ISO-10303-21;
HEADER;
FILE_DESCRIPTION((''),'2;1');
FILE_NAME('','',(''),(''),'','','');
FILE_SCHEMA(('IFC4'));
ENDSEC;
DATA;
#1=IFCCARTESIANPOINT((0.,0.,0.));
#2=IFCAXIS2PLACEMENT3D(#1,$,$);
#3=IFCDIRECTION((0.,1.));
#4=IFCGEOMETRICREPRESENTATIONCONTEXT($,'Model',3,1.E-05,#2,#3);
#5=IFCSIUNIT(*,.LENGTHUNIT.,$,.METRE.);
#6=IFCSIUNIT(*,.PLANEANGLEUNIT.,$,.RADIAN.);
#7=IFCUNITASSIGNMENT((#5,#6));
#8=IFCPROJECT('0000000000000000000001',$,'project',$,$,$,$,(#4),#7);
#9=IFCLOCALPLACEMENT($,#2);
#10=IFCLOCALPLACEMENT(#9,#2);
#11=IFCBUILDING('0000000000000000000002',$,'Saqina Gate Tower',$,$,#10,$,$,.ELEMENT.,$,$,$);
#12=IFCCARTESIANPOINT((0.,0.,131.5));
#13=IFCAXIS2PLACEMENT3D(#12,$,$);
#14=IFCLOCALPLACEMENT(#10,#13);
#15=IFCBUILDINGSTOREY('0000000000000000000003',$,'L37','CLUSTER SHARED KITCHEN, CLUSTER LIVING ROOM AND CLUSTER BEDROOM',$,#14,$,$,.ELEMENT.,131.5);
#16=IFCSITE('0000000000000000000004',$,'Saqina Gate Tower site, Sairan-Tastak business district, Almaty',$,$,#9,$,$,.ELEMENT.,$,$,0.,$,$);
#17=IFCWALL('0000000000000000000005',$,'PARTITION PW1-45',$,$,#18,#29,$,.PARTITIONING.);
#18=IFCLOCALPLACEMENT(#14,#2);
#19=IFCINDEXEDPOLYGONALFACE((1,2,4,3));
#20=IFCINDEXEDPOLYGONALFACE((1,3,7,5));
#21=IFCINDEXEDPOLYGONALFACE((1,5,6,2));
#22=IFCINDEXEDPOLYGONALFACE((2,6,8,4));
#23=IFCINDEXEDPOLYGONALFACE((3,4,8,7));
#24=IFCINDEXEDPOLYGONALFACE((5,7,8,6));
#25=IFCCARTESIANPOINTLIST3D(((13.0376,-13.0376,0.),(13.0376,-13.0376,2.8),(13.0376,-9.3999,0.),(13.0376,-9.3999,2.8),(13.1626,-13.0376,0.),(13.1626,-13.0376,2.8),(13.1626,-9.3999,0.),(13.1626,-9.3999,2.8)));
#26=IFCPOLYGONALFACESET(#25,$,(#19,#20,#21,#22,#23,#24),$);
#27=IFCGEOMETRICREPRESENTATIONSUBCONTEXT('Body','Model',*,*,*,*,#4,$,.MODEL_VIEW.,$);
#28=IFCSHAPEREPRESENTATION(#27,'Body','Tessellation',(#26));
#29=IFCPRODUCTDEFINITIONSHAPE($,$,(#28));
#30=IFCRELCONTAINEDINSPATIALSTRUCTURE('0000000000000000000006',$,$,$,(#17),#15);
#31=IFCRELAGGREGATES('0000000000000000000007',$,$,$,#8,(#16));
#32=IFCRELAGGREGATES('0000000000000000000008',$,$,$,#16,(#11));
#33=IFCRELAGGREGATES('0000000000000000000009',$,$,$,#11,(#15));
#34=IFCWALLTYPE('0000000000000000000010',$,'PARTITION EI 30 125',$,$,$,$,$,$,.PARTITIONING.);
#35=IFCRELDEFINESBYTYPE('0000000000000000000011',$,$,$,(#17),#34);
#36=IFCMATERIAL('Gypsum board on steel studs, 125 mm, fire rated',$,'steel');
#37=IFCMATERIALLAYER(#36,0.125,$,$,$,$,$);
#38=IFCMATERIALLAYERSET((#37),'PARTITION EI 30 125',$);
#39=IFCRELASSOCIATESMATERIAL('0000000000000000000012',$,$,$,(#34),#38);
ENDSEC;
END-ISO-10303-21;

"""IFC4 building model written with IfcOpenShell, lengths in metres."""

from ifc_helpers import new_model, si_unit, direction, frame, frame_2d, origin, place, context, subcontext, project, spatial, rectangle, extrude, material, layer, layer_set, type_object, element, save


model = new_model("IFC4")

# Units and contexts
model_context = context("Model", 3, precision=1e-05, world=origin(), true_north=direction((0.0, 1.0)))
body_context = subcontext(model_context, "Body", "Model", "MODEL_VIEW")
ifc_project = project(units=[si_unit("LENGTHUNIT", "METRE"), si_unit("PLANEANGLEUNIT", "RADIAN")], contexts=[model_context])

# Site, building, storey
site_placement = place(None, origin())
site = spatial("IfcSite", under=ifc_project, at=site_placement, Name="Saqina Gate Tower site, Sairan-Tastak business district, Almaty", CompositionType="ELEMENT", RefElevation=0.0)
building_placement = place(site_placement, origin())
building = spatial("IfcBuilding", under=site, at=building_placement, Name="Saqina Gate Tower", CompositionType="ELEMENT")
storey_placement = place(building_placement, frame((0.0, 0.0, 131.5)))
storey = spatial("IfcBuildingStorey", under=building, at=storey_placement, Name="L37", Description="CLUSTER SHARED KITCHEN, CLUSTER LIVING ROOM AND CLUSTER BEDROOM", CompositionType="ELEMENT", Elevation=131.5)

# Wall
ifc_material_1 = material(Name="Gypsum board on steel studs, 125 mm, fire rated", Category="steel")
ifc_layer_1 = layer(ifc_material_1, 0.125)
ifc_layer_set_1 = layer_set([ifc_layer_1], Name="PARTITION EI 30 125")
wall_type_1 = type_object("IfcWallType", Name="PARTITION EI 30 125", PredefinedType="PARTITIONING", material=ifc_layer_set_1)
wall_1_placement = place(storey_placement, frame((13.1001, -13.0376, 0.0), z_axis=(0.0, 0.0, 1.0), x_axis=(0.0, 1.0, 0.0)))
element("IfcWall", 1, at=wall_1_placement, inside=storey, type_object=wall_type_1, Name="PARTITION PW1-45", PredefinedType="PARTITIONING", context=body_context, shape_type="SweptSolid", body=[
    extrude(rectangle(XDim=3.6377, YDim=0.125, at=frame_2d((1.8188, 0.0))), origin(), (0.0, 0.0, 1.0), 2.8),
])

save(model, "model.ifc")
